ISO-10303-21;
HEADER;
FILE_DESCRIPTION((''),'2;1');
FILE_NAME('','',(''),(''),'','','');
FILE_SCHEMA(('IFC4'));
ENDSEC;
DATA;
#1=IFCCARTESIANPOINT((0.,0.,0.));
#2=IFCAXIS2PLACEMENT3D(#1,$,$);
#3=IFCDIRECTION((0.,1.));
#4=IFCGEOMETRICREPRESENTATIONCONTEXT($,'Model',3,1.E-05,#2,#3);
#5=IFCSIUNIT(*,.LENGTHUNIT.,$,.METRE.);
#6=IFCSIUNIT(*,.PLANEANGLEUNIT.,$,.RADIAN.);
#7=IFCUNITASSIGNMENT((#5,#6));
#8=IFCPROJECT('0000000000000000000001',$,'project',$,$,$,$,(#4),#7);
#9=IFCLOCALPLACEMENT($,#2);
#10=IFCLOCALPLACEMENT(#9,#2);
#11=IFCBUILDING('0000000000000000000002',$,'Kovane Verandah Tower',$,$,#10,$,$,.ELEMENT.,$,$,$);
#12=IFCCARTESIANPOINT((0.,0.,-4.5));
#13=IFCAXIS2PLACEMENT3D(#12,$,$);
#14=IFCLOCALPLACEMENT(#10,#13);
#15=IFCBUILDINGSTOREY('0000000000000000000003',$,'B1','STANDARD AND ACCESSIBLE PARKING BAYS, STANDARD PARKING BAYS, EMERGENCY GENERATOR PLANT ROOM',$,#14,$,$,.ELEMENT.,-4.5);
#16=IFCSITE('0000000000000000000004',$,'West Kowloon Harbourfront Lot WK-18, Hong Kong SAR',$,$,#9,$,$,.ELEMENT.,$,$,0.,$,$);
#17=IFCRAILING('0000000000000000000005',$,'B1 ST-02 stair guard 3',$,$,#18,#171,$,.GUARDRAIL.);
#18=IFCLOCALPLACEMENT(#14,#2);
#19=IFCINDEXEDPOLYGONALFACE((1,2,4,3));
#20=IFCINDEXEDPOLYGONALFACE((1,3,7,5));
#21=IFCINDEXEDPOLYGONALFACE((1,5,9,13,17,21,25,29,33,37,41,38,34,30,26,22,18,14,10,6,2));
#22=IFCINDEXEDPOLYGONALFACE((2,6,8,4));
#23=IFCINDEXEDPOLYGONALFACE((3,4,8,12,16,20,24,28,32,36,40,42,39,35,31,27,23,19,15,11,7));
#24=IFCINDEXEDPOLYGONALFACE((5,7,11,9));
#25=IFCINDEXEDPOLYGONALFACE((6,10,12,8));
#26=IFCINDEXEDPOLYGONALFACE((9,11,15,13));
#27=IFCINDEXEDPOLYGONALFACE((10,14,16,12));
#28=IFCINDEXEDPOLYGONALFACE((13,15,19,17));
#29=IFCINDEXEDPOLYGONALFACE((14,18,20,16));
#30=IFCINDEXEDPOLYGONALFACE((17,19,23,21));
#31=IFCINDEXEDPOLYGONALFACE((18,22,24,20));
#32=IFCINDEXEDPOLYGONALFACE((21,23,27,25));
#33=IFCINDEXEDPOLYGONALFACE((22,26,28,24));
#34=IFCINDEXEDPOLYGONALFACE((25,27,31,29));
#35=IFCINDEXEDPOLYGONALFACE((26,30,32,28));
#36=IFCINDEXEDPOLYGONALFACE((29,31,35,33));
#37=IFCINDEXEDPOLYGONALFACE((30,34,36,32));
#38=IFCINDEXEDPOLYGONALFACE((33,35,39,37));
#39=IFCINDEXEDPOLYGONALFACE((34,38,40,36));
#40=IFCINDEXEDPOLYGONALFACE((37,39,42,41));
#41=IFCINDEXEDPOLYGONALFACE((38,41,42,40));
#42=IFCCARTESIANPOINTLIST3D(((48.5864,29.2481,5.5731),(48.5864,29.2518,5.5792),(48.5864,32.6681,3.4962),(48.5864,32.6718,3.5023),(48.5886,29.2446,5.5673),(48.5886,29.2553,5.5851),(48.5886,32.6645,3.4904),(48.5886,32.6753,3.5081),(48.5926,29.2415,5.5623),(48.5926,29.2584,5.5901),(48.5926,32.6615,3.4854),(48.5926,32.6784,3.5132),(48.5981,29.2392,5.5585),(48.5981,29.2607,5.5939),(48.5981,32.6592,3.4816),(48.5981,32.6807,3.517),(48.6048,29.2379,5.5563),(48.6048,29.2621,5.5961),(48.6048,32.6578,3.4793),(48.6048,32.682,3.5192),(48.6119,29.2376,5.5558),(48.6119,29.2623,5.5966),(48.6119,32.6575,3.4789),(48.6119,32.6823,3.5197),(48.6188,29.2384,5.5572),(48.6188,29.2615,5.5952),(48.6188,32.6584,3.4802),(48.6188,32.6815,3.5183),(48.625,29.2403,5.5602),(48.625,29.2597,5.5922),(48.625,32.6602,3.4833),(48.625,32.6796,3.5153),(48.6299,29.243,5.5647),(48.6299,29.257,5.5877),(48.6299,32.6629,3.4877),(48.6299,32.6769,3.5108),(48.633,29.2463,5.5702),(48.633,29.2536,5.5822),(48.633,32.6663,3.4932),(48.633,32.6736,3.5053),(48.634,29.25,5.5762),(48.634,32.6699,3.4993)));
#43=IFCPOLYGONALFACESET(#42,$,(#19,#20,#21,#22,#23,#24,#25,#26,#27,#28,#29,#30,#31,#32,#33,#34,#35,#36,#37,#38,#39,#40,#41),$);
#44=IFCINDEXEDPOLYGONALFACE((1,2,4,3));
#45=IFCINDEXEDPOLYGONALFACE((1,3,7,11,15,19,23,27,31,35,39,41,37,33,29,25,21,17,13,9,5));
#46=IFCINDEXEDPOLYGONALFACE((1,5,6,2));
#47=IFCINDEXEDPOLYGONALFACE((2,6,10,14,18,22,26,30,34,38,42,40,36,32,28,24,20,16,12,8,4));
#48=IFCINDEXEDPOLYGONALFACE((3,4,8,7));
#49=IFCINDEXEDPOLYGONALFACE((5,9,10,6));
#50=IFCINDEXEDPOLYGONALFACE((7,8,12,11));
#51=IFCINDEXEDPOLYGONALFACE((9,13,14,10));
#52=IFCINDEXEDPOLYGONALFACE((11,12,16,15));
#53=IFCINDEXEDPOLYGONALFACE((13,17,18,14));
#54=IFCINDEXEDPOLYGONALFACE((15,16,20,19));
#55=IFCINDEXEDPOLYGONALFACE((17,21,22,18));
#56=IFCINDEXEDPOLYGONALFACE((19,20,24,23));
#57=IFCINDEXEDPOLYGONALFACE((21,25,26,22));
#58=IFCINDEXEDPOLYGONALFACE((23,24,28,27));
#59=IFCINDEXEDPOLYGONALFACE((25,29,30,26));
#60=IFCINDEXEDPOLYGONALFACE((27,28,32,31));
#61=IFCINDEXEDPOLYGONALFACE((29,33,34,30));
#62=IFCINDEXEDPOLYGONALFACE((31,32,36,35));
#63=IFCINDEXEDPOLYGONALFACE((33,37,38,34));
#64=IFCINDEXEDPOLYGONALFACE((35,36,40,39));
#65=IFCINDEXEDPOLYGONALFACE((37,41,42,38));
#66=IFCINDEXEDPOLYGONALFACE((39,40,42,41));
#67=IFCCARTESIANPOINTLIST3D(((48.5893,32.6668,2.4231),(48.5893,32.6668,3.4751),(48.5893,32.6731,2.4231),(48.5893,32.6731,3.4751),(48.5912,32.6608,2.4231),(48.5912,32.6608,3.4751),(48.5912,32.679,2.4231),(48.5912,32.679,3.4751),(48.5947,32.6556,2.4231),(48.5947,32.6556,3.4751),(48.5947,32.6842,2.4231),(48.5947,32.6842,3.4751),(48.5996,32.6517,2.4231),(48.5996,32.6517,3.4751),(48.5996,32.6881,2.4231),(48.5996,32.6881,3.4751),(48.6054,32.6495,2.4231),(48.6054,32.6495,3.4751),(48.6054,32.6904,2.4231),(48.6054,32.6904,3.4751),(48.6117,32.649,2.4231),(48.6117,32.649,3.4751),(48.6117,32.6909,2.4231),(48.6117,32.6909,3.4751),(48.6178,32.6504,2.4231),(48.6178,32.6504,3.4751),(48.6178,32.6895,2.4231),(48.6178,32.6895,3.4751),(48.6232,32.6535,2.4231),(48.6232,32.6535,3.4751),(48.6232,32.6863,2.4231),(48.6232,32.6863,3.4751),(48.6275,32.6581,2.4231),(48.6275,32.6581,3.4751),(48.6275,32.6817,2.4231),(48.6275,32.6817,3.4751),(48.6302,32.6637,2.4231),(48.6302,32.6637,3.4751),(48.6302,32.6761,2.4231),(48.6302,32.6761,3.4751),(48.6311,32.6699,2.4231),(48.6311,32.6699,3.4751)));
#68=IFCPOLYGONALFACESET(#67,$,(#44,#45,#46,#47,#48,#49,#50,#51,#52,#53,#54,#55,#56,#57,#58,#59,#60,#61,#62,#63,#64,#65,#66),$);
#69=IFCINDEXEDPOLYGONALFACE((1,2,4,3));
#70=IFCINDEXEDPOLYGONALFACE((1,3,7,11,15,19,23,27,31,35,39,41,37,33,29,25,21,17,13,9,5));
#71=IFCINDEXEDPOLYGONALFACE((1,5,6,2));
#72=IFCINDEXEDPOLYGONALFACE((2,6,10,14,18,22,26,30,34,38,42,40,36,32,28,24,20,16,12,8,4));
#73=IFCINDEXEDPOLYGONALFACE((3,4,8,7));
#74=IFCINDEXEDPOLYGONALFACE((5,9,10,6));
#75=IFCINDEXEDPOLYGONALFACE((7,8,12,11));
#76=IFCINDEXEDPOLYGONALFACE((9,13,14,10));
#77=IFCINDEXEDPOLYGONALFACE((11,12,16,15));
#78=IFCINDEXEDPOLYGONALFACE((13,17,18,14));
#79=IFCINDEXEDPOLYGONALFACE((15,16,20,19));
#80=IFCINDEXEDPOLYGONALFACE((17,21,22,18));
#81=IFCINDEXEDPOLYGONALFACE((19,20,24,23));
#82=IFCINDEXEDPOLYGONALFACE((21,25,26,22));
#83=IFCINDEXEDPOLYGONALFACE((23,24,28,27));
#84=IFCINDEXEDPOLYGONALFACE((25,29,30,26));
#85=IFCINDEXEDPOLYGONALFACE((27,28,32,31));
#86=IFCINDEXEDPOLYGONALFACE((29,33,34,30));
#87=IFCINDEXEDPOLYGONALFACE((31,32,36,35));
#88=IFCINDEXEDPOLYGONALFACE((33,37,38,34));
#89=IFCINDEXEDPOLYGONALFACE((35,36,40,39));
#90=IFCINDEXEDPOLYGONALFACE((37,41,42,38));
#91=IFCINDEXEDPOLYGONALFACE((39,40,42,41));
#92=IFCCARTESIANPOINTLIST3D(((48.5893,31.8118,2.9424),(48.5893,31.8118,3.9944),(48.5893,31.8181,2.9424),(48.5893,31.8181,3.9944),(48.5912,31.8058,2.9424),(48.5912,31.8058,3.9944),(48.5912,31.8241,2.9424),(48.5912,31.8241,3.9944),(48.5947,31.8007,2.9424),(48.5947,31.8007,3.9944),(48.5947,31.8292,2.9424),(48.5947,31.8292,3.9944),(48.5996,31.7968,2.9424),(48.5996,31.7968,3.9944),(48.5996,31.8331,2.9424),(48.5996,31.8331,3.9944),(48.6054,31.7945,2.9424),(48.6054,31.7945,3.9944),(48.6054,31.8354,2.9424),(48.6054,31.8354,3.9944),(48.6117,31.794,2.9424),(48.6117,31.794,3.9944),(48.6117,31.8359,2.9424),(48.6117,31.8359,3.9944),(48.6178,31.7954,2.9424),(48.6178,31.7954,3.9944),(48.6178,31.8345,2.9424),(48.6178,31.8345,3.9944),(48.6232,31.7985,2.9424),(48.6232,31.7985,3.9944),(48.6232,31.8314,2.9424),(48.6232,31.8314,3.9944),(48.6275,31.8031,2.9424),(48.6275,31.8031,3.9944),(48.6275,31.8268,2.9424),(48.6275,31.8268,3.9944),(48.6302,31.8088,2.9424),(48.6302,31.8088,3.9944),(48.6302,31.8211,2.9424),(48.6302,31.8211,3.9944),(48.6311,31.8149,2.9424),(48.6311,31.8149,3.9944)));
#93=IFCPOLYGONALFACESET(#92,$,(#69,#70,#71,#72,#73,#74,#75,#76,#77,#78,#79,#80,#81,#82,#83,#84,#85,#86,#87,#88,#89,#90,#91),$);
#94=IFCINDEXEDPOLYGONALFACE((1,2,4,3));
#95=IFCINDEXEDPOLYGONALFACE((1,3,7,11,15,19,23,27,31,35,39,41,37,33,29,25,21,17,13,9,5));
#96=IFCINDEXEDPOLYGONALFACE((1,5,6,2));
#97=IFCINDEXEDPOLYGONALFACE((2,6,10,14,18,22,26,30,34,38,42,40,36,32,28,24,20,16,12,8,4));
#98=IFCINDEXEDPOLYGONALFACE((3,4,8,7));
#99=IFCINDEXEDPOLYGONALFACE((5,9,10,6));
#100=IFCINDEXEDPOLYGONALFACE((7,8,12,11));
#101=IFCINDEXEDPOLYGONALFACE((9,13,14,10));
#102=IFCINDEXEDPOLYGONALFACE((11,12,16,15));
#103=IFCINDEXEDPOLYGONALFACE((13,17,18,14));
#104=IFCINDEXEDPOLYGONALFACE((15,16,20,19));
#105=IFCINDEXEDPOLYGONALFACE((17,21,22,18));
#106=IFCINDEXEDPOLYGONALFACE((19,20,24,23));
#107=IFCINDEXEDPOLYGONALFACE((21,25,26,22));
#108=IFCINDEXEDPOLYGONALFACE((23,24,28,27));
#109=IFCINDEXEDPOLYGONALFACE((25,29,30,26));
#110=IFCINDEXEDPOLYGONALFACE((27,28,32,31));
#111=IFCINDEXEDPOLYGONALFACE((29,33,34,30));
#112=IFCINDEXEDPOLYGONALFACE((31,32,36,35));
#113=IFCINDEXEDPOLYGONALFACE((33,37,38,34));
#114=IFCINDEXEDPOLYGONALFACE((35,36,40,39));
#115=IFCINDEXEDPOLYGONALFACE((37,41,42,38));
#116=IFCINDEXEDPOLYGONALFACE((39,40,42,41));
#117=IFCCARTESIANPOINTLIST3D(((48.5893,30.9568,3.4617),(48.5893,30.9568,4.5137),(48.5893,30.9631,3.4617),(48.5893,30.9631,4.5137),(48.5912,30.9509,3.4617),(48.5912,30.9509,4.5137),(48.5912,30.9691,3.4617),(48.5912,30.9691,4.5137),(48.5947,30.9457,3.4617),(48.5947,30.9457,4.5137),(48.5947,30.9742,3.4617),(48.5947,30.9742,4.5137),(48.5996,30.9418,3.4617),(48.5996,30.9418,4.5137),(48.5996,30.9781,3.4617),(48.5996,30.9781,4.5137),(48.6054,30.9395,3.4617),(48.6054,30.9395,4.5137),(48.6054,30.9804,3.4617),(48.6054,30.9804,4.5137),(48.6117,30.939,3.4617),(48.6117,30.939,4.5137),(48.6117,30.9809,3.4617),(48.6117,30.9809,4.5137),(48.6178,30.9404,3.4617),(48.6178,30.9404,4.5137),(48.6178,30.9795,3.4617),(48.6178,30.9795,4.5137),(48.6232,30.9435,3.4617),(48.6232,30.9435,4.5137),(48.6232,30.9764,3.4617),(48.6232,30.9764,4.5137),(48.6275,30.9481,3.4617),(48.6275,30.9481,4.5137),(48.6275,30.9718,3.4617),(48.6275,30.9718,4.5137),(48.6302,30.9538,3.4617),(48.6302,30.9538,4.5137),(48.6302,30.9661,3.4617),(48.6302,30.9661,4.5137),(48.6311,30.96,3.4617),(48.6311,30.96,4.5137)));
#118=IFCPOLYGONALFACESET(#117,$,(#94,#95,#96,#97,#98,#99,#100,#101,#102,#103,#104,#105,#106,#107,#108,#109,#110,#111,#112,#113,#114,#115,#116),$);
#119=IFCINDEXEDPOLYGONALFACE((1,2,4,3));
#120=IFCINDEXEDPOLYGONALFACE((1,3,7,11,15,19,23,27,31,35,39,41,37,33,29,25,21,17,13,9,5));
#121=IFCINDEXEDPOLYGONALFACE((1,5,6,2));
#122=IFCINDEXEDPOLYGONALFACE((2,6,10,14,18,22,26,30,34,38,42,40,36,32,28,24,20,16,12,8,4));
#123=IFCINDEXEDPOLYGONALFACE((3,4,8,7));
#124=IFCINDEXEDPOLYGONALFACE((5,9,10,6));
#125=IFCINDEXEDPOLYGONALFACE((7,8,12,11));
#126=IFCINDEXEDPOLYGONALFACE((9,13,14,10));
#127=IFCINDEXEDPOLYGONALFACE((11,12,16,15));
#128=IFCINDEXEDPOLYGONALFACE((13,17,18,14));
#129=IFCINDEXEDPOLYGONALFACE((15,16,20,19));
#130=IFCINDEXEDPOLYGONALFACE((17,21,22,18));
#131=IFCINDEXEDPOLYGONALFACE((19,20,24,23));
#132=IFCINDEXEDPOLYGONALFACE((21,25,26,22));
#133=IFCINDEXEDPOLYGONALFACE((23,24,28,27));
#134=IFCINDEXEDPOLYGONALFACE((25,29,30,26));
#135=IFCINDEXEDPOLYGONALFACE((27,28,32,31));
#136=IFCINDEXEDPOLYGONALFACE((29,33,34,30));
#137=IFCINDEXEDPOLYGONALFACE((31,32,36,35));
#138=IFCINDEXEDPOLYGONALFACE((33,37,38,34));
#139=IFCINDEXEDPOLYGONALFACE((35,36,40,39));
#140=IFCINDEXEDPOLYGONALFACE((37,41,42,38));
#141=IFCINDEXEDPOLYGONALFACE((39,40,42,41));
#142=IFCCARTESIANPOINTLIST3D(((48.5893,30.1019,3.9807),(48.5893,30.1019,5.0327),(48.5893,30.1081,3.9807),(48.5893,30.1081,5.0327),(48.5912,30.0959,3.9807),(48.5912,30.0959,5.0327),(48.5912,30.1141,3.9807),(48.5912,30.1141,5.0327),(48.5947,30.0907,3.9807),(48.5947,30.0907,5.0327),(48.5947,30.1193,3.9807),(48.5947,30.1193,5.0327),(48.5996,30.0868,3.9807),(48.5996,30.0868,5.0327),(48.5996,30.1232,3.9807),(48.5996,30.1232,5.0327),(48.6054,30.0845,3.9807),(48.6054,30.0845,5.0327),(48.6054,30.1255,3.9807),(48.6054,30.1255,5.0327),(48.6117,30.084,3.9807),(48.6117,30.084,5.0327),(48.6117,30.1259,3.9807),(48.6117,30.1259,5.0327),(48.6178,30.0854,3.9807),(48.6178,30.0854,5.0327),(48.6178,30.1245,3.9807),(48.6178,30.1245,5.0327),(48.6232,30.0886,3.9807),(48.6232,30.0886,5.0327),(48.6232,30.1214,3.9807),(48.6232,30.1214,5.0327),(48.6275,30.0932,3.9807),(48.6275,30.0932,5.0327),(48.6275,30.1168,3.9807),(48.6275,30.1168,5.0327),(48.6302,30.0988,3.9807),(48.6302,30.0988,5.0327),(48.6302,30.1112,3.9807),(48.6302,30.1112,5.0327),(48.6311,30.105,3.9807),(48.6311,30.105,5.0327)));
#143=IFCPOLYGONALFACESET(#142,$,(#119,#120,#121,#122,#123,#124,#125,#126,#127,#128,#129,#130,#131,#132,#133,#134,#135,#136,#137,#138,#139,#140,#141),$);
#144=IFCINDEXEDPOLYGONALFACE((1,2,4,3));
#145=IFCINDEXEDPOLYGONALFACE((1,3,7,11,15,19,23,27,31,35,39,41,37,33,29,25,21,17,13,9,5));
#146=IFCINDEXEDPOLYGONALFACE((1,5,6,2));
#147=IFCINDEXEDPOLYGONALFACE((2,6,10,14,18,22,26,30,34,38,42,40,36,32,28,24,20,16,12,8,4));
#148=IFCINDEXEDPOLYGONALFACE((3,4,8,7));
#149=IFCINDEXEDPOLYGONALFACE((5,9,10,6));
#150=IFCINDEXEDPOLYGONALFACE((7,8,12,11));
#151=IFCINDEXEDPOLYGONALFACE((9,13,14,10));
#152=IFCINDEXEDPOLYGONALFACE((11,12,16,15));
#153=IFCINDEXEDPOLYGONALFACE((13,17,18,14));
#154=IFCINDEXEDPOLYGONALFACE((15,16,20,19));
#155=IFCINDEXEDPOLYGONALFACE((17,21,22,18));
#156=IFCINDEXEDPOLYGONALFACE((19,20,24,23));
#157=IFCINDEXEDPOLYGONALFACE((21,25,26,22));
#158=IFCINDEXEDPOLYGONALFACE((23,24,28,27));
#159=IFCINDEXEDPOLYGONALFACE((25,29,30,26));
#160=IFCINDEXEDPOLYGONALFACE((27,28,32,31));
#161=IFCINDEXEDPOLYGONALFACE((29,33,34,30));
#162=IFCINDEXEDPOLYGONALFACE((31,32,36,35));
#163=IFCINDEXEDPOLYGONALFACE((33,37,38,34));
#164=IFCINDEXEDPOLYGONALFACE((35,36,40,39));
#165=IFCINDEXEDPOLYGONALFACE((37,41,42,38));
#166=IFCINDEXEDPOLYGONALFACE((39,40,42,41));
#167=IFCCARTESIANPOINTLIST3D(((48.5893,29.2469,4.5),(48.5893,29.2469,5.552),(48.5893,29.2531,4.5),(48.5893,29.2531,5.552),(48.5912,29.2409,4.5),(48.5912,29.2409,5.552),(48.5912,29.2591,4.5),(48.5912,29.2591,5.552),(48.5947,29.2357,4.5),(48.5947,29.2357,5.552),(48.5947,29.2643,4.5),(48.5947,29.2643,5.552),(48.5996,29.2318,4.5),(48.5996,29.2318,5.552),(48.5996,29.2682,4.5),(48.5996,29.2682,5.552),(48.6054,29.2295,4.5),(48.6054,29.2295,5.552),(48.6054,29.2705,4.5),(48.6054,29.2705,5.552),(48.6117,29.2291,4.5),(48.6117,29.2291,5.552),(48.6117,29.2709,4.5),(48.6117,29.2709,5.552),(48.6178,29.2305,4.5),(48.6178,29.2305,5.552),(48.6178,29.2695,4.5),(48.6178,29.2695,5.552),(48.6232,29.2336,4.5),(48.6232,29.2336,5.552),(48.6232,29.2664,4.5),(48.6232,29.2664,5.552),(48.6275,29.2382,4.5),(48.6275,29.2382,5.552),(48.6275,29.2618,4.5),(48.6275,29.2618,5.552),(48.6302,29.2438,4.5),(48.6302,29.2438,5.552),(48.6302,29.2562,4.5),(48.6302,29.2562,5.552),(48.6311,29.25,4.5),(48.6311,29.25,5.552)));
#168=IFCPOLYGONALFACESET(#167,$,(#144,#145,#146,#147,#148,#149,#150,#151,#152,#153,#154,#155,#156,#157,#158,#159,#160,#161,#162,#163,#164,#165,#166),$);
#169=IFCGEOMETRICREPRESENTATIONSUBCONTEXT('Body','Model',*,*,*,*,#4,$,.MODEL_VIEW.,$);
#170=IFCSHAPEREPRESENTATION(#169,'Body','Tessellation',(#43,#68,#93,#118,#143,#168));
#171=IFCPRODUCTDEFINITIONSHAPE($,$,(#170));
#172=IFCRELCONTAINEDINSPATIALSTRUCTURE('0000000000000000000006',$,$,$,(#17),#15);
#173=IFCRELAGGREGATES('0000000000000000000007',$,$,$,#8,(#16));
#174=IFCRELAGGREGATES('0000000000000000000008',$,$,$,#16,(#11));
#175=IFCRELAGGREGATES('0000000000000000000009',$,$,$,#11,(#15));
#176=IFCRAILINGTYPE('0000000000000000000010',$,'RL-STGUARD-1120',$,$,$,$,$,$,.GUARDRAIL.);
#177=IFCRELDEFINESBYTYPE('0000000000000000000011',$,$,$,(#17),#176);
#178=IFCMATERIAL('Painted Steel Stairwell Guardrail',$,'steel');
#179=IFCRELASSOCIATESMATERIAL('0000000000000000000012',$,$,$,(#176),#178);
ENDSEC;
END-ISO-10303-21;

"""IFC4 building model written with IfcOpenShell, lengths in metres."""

from ifc_helpers import new_model, si_unit, direction, frame, origin, origin_2d, place, context, subcontext, project, spatial, circle, extrude, material, type_object, element, save


model = new_model("IFC4")

# Units and contexts
model_context = context("Model", 3, precision=1e-05, world=origin(), true_north=direction((0.0, 1.0)))
body_context = subcontext(model_context, "Body", "Model", "MODEL_VIEW")
ifc_project = project(units=[si_unit("LENGTHUNIT", "METRE"), si_unit("PLANEANGLEUNIT", "RADIAN")], contexts=[model_context])

# Site, building, storey
site_placement = place(None, origin())
site = spatial("IfcSite", under=ifc_project, at=site_placement, Name="West Kowloon Harbourfront Lot WK-18, Hong Kong SAR", CompositionType="ELEMENT", RefElevation=0.0)
building_placement = place(site_placement, origin())
building = spatial("IfcBuilding", under=site, at=building_placement, Name="Kovane Verandah Tower", CompositionType="ELEMENT")
storey_placement = place(building_placement, frame((0.0, 0.0, -4.5)))
storey = spatial("IfcBuildingStorey", under=building, at=storey_placement, Name="B1", Description="STANDARD AND ACCESSIBLE PARKING BAYS, STANDARD PARKING BAYS, EMERGENCY GENERATOR PLANT ROOM", CompositionType="ELEMENT", Elevation=-4.5)

# Railing
ifc_material_1 = material(Name="Painted Steel Stairwell Guardrail", Category="steel")
railing_type_1 = type_object("IfcRailingType", Name="RL-STGUARD-1120", PredefinedType="GUARDRAIL", material=ifc_material_1)
railing_1_placement = place(storey_placement, frame((48.6101, 32.6699, 2.4231)))
element("IfcRailing", 1, at=railing_1_placement, inside=storey, type_object=railing_type_1, Name="B1 ST-02 stair guard 3", PredefinedType="GUARDRAIL", context=body_context, shape_type="SweptSolid", body=[
    extrude(circle(Radius=0.0239, at=origin_2d()), frame((0.0, 0.0, 1.0762), z_axis=(0.0, -0.85473, 0.519074), x_axis=(1.0, 0.0, 0.0)), (0.0, 0.0, 1.0), 4.0012),
    extrude(circle(Radius=0.021, at=origin_2d()), origin(), (0.0, 0.0, 1.0), 1.052),
    extrude(circle(Radius=0.021, at=origin_2d()), frame((0.0, -0.855, 0.5193)), (0.0, 0.0, 1.0), 1.052),
    extrude(circle(Radius=0.021, at=origin_2d()), frame((0.0, -1.71, 1.0386)), (0.0, 0.0, 1.0), 1.052),
    extrude(circle(Radius=0.021, at=origin_2d()), frame((0.0, -2.5649, 1.5576)), (0.0, 0.0, 1.0), 1.052),
    extrude(circle(Radius=0.021, at=origin_2d()), frame((0.0, -3.4199, 2.0769)), (0.0, 0.0, 1.0), 1.052),
])

save(model, "model.ifc")
